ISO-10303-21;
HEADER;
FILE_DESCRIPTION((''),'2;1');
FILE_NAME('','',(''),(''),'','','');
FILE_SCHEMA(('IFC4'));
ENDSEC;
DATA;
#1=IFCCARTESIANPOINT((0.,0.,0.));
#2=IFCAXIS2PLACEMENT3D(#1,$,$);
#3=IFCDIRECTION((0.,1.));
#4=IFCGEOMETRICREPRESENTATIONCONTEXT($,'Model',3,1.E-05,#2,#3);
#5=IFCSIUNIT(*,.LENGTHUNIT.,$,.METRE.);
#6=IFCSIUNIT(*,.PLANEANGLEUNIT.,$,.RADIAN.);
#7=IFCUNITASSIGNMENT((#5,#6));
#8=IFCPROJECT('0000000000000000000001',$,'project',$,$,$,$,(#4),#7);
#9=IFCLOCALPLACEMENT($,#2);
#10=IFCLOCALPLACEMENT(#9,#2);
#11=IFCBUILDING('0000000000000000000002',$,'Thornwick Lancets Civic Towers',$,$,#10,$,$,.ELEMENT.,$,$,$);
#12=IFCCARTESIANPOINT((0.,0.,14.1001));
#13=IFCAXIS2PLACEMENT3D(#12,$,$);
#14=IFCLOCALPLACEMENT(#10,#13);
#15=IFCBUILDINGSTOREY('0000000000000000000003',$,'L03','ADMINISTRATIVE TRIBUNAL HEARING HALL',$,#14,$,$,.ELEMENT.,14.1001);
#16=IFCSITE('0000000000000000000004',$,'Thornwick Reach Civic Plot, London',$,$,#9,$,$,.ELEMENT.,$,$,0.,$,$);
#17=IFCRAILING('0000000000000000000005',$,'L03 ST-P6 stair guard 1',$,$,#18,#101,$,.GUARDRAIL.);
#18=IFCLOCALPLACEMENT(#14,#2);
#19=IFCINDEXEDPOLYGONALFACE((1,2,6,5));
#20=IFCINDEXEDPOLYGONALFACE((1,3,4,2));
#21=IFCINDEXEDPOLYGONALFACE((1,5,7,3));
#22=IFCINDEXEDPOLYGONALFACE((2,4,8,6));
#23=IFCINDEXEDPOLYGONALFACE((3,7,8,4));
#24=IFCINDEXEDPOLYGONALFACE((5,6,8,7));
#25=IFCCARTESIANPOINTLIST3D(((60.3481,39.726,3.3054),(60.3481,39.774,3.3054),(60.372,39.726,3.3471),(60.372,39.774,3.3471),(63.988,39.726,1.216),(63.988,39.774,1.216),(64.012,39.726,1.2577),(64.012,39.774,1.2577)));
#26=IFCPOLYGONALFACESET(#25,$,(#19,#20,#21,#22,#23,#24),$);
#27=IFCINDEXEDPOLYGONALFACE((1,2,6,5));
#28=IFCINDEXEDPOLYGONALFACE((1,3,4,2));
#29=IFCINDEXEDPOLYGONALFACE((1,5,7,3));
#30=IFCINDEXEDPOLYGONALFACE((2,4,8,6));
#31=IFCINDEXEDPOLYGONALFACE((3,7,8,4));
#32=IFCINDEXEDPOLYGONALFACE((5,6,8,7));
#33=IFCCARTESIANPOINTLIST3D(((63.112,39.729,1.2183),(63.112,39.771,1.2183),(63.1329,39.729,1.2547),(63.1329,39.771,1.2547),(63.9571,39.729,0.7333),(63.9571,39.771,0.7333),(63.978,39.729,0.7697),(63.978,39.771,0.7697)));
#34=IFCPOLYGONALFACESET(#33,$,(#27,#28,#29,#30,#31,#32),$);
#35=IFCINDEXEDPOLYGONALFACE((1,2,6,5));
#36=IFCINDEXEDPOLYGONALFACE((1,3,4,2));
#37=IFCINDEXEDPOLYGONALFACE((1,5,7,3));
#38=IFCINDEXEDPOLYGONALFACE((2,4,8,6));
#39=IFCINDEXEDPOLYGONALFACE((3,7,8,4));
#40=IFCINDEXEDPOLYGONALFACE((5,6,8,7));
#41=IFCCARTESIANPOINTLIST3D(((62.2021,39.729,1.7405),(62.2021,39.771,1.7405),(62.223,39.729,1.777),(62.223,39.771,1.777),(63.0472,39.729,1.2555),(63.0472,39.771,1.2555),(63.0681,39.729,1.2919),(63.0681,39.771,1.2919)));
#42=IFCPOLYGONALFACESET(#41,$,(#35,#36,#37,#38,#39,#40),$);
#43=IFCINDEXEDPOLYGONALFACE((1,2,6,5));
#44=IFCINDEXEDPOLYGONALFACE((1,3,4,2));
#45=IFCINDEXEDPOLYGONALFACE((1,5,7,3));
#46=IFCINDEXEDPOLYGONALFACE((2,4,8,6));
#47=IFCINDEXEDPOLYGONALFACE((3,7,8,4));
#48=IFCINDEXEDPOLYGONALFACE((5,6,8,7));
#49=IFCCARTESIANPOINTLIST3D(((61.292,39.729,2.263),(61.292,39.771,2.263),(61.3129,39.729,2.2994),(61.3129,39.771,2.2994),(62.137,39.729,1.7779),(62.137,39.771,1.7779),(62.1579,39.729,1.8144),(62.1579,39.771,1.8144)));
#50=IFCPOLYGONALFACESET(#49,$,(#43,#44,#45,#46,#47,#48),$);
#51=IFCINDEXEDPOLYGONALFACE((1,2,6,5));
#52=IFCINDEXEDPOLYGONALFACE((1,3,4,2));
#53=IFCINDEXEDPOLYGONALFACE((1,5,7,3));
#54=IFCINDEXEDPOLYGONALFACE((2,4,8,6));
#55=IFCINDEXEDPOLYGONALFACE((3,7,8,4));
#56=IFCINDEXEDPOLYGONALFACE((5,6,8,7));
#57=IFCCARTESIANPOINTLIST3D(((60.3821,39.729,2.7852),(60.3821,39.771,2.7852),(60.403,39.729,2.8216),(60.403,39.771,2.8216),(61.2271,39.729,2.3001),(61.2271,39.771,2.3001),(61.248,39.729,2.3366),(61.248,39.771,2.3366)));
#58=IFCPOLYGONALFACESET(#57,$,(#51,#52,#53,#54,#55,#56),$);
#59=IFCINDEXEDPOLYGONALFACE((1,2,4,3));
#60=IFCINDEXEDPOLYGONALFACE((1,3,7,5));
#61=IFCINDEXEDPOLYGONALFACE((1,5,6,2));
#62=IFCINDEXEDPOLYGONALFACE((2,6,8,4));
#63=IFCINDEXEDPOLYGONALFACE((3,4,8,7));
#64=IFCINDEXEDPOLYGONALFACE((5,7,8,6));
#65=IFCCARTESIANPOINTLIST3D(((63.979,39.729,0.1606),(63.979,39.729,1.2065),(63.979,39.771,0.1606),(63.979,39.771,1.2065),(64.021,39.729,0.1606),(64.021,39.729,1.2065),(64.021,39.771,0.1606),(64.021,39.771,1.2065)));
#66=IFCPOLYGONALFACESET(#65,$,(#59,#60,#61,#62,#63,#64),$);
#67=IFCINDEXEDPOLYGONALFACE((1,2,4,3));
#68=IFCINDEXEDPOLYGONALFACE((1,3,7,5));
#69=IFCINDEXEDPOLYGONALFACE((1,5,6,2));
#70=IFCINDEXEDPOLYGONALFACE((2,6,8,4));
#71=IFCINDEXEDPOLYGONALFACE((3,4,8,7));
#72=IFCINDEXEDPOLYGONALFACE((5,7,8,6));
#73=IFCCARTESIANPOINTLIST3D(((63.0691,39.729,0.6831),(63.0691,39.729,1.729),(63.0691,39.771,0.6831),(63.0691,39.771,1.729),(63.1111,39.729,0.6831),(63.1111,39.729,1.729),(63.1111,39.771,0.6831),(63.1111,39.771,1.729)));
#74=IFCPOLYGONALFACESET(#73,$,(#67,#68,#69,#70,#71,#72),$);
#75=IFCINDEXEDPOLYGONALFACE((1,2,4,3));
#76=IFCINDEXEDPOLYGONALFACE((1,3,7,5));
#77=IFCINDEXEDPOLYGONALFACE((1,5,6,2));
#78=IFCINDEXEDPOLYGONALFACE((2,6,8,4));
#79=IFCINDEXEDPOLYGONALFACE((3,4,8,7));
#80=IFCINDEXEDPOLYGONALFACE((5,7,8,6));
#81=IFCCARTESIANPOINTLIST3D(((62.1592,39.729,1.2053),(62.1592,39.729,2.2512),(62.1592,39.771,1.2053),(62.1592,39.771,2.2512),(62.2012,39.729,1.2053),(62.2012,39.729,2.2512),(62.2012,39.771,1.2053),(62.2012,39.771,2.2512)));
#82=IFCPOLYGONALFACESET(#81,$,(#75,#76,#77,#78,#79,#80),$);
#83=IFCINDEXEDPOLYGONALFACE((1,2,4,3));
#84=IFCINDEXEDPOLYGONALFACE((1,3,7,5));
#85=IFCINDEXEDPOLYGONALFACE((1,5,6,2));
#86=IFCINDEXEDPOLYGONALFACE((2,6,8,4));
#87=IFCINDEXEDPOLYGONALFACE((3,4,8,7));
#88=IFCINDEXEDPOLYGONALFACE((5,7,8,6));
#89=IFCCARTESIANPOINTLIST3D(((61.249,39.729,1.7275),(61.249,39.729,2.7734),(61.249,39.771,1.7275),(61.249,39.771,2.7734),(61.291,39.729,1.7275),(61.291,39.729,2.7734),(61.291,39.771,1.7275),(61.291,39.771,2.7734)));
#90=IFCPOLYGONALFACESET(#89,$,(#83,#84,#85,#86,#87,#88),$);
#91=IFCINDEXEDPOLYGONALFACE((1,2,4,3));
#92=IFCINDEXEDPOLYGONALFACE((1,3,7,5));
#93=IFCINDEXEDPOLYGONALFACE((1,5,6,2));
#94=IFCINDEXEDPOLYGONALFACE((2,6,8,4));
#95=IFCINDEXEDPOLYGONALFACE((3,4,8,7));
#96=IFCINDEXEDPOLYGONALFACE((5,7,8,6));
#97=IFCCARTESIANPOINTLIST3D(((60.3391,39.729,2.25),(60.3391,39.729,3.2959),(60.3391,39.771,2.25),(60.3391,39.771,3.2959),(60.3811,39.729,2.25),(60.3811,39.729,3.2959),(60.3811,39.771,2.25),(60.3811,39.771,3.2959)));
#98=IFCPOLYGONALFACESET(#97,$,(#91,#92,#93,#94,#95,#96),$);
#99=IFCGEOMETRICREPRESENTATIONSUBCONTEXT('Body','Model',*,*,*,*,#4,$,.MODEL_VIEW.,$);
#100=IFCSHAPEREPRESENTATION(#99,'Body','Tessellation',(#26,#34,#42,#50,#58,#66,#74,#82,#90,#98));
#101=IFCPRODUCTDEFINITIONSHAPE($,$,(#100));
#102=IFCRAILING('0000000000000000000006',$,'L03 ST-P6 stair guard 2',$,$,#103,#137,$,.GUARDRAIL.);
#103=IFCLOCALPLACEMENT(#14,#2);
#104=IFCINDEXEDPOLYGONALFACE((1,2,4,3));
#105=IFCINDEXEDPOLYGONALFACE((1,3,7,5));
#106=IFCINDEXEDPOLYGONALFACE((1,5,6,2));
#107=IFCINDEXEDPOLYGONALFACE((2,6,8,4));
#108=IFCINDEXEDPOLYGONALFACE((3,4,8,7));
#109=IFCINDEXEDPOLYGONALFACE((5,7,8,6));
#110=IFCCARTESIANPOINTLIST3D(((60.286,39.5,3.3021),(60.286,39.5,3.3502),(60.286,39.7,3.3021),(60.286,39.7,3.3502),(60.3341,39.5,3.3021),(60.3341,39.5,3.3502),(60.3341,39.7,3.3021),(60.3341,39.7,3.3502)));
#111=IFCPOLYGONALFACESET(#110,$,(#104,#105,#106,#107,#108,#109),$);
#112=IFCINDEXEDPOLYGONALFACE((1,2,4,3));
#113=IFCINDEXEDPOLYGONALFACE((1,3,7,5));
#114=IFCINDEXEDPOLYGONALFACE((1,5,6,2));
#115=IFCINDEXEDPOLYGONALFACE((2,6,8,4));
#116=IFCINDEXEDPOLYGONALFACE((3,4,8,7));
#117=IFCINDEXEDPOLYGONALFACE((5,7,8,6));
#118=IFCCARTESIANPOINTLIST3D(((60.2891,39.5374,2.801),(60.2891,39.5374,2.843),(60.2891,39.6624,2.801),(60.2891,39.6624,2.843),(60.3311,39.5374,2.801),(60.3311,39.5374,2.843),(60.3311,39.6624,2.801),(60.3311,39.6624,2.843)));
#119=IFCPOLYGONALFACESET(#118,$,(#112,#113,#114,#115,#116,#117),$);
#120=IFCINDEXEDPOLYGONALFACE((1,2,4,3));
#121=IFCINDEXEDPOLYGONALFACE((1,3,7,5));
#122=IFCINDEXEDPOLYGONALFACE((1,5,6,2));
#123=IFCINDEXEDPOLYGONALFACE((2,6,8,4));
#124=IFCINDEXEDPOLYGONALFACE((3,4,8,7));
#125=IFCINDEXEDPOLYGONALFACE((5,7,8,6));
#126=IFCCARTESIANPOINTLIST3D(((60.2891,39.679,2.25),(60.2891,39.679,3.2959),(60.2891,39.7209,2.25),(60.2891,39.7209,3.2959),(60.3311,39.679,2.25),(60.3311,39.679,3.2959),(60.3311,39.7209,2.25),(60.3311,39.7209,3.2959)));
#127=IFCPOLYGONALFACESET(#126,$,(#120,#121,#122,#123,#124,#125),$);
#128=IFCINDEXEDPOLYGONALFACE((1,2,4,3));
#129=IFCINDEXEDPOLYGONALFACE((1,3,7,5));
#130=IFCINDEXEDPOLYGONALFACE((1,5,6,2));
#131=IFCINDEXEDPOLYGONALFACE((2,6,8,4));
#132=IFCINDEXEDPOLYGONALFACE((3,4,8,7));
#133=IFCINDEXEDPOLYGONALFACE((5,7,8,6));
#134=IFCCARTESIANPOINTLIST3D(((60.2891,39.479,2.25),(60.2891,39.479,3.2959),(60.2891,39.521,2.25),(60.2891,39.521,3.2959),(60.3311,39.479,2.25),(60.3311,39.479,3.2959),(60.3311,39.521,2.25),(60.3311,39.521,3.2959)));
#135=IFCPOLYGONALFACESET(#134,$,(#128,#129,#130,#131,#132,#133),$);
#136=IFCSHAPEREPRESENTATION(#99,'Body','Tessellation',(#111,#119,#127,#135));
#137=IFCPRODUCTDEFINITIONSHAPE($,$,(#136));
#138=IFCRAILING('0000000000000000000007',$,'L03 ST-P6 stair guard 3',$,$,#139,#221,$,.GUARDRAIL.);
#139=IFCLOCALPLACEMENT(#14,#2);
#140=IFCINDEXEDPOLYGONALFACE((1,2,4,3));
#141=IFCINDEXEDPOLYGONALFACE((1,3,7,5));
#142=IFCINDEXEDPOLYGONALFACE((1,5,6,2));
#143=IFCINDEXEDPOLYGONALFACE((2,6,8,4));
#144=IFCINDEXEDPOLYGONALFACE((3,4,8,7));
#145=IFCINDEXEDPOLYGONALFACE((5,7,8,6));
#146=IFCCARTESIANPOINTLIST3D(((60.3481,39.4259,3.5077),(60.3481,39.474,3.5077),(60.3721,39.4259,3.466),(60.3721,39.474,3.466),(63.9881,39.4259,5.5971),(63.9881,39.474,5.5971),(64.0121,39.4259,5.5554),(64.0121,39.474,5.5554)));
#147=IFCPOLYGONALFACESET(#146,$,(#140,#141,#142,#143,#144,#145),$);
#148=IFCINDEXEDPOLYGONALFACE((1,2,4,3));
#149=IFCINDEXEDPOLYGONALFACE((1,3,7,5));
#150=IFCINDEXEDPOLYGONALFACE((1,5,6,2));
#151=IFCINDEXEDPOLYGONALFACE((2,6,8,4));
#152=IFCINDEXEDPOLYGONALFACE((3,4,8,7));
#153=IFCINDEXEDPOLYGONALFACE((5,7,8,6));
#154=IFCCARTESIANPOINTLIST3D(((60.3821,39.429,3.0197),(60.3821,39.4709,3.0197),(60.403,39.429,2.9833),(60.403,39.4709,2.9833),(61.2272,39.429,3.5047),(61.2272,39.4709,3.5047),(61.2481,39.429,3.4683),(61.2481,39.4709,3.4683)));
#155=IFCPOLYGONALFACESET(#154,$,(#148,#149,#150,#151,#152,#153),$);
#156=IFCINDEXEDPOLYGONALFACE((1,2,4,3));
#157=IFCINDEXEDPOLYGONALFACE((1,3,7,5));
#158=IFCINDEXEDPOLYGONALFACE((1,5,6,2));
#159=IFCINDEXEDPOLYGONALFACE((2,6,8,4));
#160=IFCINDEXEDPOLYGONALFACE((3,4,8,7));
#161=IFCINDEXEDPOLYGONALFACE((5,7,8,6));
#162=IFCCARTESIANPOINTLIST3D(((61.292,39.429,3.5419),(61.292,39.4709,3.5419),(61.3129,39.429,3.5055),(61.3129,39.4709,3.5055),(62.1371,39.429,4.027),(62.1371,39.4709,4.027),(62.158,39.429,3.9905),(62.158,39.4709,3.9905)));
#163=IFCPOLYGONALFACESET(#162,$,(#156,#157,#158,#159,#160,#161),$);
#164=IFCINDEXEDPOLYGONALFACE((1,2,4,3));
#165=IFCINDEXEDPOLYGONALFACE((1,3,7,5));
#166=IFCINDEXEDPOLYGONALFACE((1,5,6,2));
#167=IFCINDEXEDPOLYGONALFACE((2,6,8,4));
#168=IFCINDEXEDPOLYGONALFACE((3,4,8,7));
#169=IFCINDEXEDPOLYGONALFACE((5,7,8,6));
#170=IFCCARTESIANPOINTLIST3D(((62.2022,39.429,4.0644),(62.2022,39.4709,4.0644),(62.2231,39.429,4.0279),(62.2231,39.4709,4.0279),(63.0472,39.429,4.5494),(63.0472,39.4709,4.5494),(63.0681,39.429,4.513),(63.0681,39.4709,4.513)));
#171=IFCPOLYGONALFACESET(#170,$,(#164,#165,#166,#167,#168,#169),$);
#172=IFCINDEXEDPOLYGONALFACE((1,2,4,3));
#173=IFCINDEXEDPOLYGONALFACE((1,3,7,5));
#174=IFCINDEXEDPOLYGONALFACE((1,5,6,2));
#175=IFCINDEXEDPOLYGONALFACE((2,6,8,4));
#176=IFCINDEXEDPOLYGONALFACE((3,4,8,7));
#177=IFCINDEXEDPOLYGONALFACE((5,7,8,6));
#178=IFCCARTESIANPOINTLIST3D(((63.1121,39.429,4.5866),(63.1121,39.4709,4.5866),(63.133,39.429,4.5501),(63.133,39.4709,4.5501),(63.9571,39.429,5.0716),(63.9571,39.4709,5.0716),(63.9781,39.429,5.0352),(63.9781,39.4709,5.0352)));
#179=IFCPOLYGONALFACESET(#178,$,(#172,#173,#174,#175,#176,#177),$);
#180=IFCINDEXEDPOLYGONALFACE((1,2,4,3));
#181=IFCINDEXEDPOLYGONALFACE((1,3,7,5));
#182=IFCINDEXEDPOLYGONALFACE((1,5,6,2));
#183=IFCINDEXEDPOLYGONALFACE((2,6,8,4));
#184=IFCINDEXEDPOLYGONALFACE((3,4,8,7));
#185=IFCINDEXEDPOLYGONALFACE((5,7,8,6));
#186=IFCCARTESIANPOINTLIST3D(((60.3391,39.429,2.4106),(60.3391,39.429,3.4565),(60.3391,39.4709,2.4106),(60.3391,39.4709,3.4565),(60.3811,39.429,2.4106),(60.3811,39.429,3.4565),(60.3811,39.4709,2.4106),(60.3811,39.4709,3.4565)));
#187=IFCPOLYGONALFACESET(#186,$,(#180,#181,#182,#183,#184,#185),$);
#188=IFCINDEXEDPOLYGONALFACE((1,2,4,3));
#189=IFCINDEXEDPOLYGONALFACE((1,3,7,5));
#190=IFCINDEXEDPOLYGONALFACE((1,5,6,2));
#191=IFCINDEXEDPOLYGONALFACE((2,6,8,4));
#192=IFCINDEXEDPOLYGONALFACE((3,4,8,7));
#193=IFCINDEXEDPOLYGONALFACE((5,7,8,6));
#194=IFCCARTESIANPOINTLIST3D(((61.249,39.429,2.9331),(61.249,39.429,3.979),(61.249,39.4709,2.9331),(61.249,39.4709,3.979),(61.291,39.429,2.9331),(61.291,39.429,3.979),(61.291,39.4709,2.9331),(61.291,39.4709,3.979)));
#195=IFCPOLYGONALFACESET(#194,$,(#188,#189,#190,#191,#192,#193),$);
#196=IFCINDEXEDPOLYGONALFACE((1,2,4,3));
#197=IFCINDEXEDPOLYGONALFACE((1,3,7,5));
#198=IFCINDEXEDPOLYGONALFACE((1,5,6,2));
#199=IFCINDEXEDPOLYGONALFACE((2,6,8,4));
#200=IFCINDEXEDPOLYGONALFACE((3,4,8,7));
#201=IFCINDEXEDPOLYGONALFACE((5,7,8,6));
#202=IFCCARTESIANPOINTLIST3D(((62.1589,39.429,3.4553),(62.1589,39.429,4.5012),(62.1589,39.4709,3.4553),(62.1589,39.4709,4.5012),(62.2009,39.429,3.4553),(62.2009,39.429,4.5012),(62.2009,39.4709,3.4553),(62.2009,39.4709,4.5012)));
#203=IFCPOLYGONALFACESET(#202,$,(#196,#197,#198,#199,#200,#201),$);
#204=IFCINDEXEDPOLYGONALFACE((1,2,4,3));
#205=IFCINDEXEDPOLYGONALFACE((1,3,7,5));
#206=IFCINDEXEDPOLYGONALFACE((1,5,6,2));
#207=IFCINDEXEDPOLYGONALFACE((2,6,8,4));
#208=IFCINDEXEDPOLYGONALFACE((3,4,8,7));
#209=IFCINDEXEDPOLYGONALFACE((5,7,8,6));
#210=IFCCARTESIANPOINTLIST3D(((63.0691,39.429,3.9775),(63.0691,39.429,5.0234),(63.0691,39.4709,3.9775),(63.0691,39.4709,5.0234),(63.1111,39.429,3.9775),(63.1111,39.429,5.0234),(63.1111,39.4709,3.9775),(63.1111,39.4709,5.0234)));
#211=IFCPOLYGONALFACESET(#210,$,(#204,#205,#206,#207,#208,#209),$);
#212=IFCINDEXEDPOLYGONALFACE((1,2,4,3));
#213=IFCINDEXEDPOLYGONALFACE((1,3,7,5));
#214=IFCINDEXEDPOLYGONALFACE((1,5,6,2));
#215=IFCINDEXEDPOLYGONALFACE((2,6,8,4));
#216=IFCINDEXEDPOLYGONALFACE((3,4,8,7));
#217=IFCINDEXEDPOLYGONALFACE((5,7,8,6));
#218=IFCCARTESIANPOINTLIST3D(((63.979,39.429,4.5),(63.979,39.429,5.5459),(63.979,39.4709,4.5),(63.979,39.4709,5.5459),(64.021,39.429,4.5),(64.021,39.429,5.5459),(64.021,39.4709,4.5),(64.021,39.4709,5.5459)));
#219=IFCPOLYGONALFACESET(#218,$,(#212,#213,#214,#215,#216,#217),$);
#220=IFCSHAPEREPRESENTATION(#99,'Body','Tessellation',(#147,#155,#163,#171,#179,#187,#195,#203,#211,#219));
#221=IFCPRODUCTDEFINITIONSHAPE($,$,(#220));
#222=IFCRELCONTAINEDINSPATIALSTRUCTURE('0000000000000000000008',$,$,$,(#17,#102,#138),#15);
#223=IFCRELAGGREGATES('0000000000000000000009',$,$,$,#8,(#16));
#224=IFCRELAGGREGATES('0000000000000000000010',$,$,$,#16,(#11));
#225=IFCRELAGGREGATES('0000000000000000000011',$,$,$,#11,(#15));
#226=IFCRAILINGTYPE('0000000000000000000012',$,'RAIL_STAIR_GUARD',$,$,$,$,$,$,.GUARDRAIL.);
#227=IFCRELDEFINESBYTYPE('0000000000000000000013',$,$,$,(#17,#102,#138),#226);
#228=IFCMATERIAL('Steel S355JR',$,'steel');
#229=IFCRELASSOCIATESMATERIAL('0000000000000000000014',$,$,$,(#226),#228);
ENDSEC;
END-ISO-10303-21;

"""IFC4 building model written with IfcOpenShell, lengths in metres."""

from ifc_helpers import new_model, si_unit, direction, frame, origin, origin_2d, place, context, subcontext, project, spatial, rectangle, extrude, material, type_object, element, save


model = new_model("IFC4")

# Units and contexts
model_context = context("Model", 3, precision=1e-05, world=origin(), true_north=direction((0.0, 1.0)))
body_context = subcontext(model_context, "Body", "Model", "MODEL_VIEW")
ifc_project = project(units=[si_unit("LENGTHUNIT", "METRE"), si_unit("PLANEANGLEUNIT", "RADIAN")], contexts=[model_context])

# Site, building, storey
site_placement = place(None, origin())
site = spatial("IfcSite", under=ifc_project, at=site_placement, Name="Thornwick Reach Civic Plot, London", CompositionType="ELEMENT", RefElevation=0.0)
building_placement = place(site_placement, origin())
building = spatial("IfcBuilding", under=site, at=building_placement, Name="Thornwick Lancets Civic Towers", CompositionType="ELEMENT")
storey_placement = place(building_placement, frame((0.0, 0.0, 14.1001)))
storey = spatial("IfcBuildingStorey", under=building, at=storey_placement, Name="L03", Description="ADMINISTRATIVE TRIBUNAL HEARING HALL", CompositionType="ELEMENT", Elevation=14.1001)

# Shared definitions
ifc_material_1 = material(Name="Steel S355JR", Category="steel")

# Railings
railing_type_1 = type_object("IfcRailingType", Name="RAIL_STAIR_GUARD", PredefinedType="GUARDRAIL", material=ifc_material_1)
railing_1_placement = place(storey_placement, frame((64.0, 39.75, 0.1606)))
element("IfcRailing", 1, at=railing_1_placement, inside=storey, type_object=railing_type_1, Name="L03 ST-P6 stair guard 1", PredefinedType="GUARDRAIL", context=body_context, shape_type="SweptSolid", body=[
    extrude(rectangle(XDim=0.0481, YDim=0.0481, at=origin_2d()), frame((0.0, 0.0, 1.0762), z_axis=(-0.867275, 0.0, 0.497829), x_axis=(0.0, -1.0, 0.0)), (0.0, 0.0, 1.0), 4.197),
    extrude(rectangle(XDim=0.042, YDim=0.042, at=origin_2d()), frame((-0.0325, 0.0, 0.5908), z_axis=(-0.867275, 0.0, 0.497829), x_axis=(0.0, -1.0, 0.0)), (0.0, 0.0, 1.0), 0.9744),
    extrude(rectangle(XDim=0.042, YDim=0.042, at=origin_2d()), frame((-0.9424, 0.0, 1.113), z_axis=(-0.867275, 0.0, 0.497829), x_axis=(0.0, -1.0, 0.0)), (0.0, 0.0, 1.0), 0.9744),
    extrude(rectangle(XDim=0.042, YDim=0.042, at=origin_2d()), frame((-1.8525, 0.0, 1.6355), z_axis=(-0.867275, 0.0, 0.497829), x_axis=(0.0, -1.0, 0.0)), (0.0, 0.0, 1.0), 0.9744),
    extrude(rectangle(XDim=0.042, YDim=0.042, at=origin_2d()), frame((-2.7625, 0.0, 2.1577), z_axis=(-0.867275, 0.0, 0.497829), x_axis=(0.0, -1.0, 0.0)), (0.0, 0.0, 1.0), 0.9744),
    extrude(rectangle(XDim=0.042, YDim=0.042, at=origin_2d()), origin(), (0.0, 0.0, 1.0), 1.0459),
    extrude(rectangle(XDim=0.042, YDim=0.042, at=origin_2d()), frame((-0.9099, 0.0, 0.5225)), (0.0, 0.0, 1.0), 1.0459),
    extrude(rectangle(XDim=0.042, YDim=0.042, at=origin_2d()), frame((-1.8198, 0.0, 1.0447)), (0.0, 0.0, 1.0), 1.0459),
    extrude(rectangle(XDim=0.042, YDim=0.042, at=origin_2d()), frame((-2.73, 0.0, 1.5669)), (0.0, 0.0, 1.0), 1.0459),
    extrude(rectangle(XDim=0.042, YDim=0.042, at=origin_2d()), frame((-3.6399, 0.0, 2.0894)), (0.0, 0.0, 1.0), 1.0459),
])
railing_2_placement = place(storey_placement, frame((60.3101, 39.7, 2.25)))
element("IfcRailing", 2, at=railing_2_placement, inside=storey, type_object=railing_type_1, Name="L03 ST-P6 stair guard 2", PredefinedType="GUARDRAIL", context=body_context, shape_type="SweptSolid", body=[
    extrude(rectangle(XDim=0.0481, YDim=0.0481, at=origin_2d()), frame((0.0, 0.0, 1.0762), z_axis=(0.0, -1.0, 0.0), x_axis=(1.0, 0.0, 0.0)), (0.0, 0.0, 1.0), 0.2),
    extrude(rectangle(XDim=0.042, YDim=0.042, at=origin_2d()), frame((0.0, -0.0376, 0.572), z_axis=(0.0, -1.0, 0.0), x_axis=(1.0, 0.0, 0.0)), (0.0, 0.0, 1.0), 0.125),
    extrude(rectangle(XDim=0.042, YDim=0.042, at=origin_2d()), origin(), (0.0, 0.0, 1.0), 1.0459),
    extrude(rectangle(XDim=0.042, YDim=0.042, at=origin_2d()), frame((0.0, -0.2, 0.0)), (0.0, 0.0, 1.0), 1.0459),
])
railing_3_placement = place(storey_placement, frame((60.3601, 39.45, 2.4106)))
element("IfcRailing", 3, at=railing_3_placement, inside=storey, type_object=railing_type_1, Name="L03 ST-P6 stair guard 3", PredefinedType="GUARDRAIL", context=body_context, shape_type="SweptSolid", body=[
    extrude(rectangle(XDim=0.0481, YDim=0.0481, at=origin_2d()), frame((0.0, 0.0, 1.0762), z_axis=(0.867275, 0.0, 0.497829), x_axis=(0.0, 1.0, 0.0)), (0.0, 0.0, 1.0), 4.197),
    extrude(rectangle(XDim=0.042, YDim=0.042, at=origin_2d()), frame((0.0325, 0.0, 0.5908), z_axis=(0.867275, 0.0, 0.497829), x_axis=(0.0, 1.0, 0.0)), (0.0, 0.0, 1.0), 0.9744),
    extrude(rectangle(XDim=0.042, YDim=0.042, at=origin_2d()), frame((0.9424, 0.0, 1.113), z_axis=(0.867275, 0.0, 0.497829), x_axis=(0.0, 1.0, 0.0)), (0.0, 0.0, 1.0), 0.9744),
    extrude(rectangle(XDim=0.042, YDim=0.042, at=origin_2d()), frame((1.8525, 0.0, 1.6355), z_axis=(0.867275, 0.0, 0.497829), x_axis=(0.0, 1.0, 0.0)), (0.0, 0.0, 1.0), 0.9744),
    extrude(rectangle(XDim=0.042, YDim=0.042, at=origin_2d()), frame((2.7625, 0.0, 2.1577), z_axis=(0.867275, 0.0, 0.497829), x_axis=(0.0, 1.0, 0.0)), (0.0, 0.0, 1.0), 0.9744),
    extrude(rectangle(XDim=0.042, YDim=0.042, at=origin_2d()), origin(), (0.0, 0.0, 1.0), 1.0459),
    extrude(rectangle(XDim=0.042, YDim=0.042, at=origin_2d()), frame((0.9099, 0.0, 0.5225)), (0.0, 0.0, 1.0), 1.0459),
    extrude(rectangle(XDim=0.042, YDim=0.042, at=origin_2d()), frame((1.8198, 0.0, 1.0447)), (0.0, 0.0, 1.0), 1.0459),
    extrude(rectangle(XDim=0.042, YDim=0.042, at=origin_2d()), frame((2.73, 0.0, 1.5669)), (0.0, 0.0, 1.0), 1.0459),
    extrude(rectangle(XDim=0.042, YDim=0.042, at=origin_2d()), frame((3.6399, 0.0, 2.0894)), (0.0, 0.0, 1.0), 1.0459),
])

save(model, "model.ifc")
